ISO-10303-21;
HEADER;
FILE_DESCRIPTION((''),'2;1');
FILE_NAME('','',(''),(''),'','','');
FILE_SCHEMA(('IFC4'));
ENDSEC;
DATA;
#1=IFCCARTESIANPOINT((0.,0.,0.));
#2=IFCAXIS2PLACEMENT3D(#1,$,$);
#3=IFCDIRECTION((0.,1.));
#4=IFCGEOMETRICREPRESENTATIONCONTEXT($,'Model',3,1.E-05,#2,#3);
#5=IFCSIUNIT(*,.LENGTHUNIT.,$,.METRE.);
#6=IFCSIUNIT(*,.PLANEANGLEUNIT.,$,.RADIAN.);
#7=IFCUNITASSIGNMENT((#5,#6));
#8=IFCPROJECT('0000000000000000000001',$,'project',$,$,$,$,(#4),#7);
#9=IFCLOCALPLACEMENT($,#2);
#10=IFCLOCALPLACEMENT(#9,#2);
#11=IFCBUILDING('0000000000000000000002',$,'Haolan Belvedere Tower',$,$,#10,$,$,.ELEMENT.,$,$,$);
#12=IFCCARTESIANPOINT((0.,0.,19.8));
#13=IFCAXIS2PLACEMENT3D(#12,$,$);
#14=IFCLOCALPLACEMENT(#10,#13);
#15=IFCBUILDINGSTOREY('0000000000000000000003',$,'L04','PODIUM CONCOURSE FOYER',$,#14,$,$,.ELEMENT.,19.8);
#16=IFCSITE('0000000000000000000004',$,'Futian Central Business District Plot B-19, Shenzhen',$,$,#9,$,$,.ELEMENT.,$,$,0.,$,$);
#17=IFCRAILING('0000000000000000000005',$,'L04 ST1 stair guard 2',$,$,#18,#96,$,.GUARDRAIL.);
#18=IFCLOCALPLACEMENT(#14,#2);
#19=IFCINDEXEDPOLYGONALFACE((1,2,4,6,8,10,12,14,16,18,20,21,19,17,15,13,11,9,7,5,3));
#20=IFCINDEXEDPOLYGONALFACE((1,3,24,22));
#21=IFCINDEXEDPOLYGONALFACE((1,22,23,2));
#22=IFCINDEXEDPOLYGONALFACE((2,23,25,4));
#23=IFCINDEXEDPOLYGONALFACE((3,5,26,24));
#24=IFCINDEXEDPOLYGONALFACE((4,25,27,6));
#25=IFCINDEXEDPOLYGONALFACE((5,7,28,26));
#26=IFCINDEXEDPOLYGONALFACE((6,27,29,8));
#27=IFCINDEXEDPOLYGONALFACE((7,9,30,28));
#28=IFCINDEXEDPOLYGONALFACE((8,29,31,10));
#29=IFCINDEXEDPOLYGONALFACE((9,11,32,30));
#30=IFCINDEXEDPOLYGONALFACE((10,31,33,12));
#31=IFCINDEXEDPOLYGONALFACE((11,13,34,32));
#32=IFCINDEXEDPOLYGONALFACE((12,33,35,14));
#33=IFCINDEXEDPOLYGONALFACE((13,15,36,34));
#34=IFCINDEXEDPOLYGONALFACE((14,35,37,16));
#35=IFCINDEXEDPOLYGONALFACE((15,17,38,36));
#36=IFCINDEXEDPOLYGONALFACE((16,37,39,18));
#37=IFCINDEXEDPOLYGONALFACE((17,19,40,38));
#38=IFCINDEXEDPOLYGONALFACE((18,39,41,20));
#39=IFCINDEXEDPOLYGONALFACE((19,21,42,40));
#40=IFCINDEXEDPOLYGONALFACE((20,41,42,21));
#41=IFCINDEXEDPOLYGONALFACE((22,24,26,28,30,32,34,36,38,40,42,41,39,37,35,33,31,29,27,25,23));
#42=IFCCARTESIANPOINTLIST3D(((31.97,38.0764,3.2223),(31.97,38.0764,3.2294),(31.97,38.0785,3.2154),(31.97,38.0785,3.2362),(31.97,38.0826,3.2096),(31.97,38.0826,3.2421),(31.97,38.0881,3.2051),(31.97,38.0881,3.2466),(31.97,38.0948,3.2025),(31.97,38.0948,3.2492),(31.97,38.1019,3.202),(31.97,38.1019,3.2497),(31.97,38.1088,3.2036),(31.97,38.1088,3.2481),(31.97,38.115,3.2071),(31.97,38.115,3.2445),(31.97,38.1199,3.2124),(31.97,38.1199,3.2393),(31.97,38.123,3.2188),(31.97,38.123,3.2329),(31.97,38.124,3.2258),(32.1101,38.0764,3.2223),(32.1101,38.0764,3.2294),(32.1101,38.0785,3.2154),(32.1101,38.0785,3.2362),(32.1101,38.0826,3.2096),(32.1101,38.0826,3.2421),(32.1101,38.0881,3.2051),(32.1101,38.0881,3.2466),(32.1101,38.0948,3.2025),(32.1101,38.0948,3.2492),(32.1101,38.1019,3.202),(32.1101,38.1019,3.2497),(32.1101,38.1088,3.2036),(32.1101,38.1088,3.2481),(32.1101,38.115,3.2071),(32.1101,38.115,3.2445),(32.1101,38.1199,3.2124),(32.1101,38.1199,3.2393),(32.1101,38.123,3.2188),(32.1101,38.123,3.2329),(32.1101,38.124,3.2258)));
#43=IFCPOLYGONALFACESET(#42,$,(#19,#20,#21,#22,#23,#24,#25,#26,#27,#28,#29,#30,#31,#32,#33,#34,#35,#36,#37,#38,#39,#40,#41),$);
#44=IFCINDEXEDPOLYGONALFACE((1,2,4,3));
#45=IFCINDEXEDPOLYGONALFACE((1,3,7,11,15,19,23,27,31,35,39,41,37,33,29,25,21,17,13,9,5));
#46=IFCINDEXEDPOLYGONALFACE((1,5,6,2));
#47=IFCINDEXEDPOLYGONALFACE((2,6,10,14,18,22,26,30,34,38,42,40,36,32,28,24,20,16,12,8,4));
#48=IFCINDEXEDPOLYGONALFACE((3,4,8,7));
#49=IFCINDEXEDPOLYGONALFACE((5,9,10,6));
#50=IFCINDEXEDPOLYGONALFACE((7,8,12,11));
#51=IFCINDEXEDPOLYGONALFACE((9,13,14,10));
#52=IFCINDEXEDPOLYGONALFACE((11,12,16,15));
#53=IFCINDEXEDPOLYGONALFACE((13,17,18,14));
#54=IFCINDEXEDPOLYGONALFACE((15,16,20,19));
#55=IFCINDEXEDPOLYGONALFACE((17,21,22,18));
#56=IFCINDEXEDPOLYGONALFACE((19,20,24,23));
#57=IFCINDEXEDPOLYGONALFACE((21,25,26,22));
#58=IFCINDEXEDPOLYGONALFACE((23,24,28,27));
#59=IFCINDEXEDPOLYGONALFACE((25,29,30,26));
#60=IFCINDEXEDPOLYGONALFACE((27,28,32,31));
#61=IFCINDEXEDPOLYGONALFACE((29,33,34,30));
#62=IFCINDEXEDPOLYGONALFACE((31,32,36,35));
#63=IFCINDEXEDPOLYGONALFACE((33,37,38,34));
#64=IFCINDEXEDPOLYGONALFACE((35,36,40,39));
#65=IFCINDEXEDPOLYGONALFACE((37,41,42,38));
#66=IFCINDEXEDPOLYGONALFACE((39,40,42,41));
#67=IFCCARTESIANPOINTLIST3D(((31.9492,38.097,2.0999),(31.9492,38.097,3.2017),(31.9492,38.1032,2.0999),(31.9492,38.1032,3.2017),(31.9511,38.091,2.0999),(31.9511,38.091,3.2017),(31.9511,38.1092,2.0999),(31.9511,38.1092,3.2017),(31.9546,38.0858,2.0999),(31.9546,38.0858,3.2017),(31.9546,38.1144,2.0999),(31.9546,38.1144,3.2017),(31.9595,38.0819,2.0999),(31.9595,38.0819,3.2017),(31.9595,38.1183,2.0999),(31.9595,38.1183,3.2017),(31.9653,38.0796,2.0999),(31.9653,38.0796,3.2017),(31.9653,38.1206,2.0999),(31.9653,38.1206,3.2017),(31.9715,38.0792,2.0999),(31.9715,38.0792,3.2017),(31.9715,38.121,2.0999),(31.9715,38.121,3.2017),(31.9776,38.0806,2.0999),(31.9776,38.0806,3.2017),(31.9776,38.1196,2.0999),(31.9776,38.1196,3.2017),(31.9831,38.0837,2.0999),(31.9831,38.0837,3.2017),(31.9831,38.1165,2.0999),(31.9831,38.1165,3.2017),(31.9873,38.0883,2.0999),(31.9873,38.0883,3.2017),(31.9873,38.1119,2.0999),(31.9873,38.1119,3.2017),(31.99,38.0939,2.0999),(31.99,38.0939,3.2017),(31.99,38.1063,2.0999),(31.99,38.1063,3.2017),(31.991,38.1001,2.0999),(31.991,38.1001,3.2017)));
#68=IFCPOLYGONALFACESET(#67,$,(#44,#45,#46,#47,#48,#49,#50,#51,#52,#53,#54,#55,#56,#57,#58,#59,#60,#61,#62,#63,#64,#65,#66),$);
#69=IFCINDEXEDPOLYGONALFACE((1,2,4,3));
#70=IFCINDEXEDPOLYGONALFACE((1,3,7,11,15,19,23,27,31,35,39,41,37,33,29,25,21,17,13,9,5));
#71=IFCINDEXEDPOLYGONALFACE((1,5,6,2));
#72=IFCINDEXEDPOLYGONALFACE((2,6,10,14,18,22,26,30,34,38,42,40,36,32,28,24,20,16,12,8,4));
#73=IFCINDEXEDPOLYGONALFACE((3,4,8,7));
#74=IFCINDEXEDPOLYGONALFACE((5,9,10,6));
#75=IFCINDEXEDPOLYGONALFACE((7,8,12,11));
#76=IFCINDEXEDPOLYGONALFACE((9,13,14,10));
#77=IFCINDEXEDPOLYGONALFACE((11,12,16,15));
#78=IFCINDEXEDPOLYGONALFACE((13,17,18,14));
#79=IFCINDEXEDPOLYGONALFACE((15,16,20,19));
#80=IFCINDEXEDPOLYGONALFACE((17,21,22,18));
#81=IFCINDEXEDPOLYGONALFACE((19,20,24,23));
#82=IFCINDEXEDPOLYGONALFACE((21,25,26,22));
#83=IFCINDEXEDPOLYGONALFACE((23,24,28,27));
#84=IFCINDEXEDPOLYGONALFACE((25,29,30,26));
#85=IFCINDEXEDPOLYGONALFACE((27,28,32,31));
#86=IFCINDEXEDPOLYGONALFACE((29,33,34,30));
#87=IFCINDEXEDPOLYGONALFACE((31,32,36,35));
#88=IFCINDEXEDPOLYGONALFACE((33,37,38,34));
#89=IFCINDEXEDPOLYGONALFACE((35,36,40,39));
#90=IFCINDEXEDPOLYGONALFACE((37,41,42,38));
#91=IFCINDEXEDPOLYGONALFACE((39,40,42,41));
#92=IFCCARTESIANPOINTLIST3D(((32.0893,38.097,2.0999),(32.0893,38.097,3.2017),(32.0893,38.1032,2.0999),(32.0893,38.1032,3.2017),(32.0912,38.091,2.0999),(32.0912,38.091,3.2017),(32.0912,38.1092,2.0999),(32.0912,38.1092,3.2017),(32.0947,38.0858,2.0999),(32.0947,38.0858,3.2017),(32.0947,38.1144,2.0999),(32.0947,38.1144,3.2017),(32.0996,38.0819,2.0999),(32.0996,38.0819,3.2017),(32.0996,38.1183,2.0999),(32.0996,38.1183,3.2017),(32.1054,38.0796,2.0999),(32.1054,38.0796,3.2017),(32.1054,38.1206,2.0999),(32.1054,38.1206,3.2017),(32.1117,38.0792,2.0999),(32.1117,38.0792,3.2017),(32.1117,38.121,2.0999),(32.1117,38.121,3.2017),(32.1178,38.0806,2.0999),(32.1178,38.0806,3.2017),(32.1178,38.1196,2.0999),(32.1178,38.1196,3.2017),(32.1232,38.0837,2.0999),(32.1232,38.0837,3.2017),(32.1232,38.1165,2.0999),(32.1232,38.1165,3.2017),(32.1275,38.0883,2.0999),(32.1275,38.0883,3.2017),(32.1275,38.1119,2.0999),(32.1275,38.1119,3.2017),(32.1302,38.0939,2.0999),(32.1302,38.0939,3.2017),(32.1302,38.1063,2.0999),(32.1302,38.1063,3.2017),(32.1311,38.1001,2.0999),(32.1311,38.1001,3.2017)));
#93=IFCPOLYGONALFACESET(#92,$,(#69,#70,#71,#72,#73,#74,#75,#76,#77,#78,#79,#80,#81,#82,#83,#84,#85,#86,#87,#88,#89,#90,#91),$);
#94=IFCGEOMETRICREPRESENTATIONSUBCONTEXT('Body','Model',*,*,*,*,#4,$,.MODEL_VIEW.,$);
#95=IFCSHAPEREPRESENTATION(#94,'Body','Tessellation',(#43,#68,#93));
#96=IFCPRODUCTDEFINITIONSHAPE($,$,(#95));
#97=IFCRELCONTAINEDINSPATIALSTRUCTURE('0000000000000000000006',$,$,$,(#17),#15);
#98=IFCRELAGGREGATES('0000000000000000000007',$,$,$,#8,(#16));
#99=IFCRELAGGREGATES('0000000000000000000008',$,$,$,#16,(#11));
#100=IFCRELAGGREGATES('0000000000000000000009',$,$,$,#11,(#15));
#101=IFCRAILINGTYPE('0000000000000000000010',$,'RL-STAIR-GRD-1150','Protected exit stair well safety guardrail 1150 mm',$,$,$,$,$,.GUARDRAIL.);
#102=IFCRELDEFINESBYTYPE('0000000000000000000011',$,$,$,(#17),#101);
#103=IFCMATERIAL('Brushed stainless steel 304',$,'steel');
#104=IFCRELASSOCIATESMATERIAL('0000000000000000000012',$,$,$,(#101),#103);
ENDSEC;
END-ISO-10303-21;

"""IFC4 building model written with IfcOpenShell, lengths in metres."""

from ifc_helpers import new_model, si_unit, direction, frame, origin, origin_2d, place, context, subcontext, project, spatial, circle, extrude, material, type_object, element, save


model = new_model("IFC4")

# Units and contexts
model_context = context("Model", 3, precision=1e-05, world=origin(), true_north=direction((0.0, 1.0)))
body_context = subcontext(model_context, "Body", "Model", "MODEL_VIEW")
ifc_project = project(units=[si_unit("LENGTHUNIT", "METRE"), si_unit("PLANEANGLEUNIT", "RADIAN")], contexts=[model_context])

# Site, building, storey
site_placement = place(None, origin())
site = spatial("IfcSite", under=ifc_project, at=site_placement, Name="Futian Central Business District Plot B-19, Shenzhen", CompositionType="ELEMENT", RefElevation=0.0)
building_placement = place(site_placement, origin())
building = spatial("IfcBuilding", under=site, at=building_placement, Name="Haolan Belvedere Tower", CompositionType="ELEMENT")
storey_placement = place(building_placement, frame((0.0, 0.0, 19.8)))
storey = spatial("IfcBuildingStorey", under=building, at=storey_placement, Name="L04", Description="PODIUM CONCOURSE FOYER", CompositionType="ELEMENT", Elevation=19.8)

# Railing
ifc_material_1 = material(Name="Brushed stainless steel 304", Category="steel")
railing_type_1 = type_object("IfcRailingType", Name="RL-STAIR-GRD-1150", Description="Protected exit stair well safety guardrail 1150 mm", PredefinedType="GUARDRAIL", material=ifc_material_1)
railing_1_placement = place(storey_placement, frame((31.97, 38.1001, 2.0999)))
element("IfcRailing", 1, at=railing_1_placement, inside=storey, type_object=railing_type_1, Name="L04 ST1 stair guard 2", PredefinedType="GUARDRAIL", context=body_context, shape_type="SweptSolid", body=[
    extrude(circle(Radius=0.0239, at=origin_2d()), frame((0.0, 0.0, 1.126), z_axis=(1.0, 0.0, 0.0), x_axis=(0.0, 1.0, 0.0)), (0.0, 0.0, 1.0), 0.1401),
    extrude(circle(Radius=0.021, at=origin_2d()), origin(), (0.0, 0.0, 1.0), 1.1018),
    extrude(circle(Radius=0.021, at=origin_2d()), frame((0.1401, 0.0, 0.0)), (0.0, 0.0, 1.0), 1.1018),
])

save(model, "model.ifc")
